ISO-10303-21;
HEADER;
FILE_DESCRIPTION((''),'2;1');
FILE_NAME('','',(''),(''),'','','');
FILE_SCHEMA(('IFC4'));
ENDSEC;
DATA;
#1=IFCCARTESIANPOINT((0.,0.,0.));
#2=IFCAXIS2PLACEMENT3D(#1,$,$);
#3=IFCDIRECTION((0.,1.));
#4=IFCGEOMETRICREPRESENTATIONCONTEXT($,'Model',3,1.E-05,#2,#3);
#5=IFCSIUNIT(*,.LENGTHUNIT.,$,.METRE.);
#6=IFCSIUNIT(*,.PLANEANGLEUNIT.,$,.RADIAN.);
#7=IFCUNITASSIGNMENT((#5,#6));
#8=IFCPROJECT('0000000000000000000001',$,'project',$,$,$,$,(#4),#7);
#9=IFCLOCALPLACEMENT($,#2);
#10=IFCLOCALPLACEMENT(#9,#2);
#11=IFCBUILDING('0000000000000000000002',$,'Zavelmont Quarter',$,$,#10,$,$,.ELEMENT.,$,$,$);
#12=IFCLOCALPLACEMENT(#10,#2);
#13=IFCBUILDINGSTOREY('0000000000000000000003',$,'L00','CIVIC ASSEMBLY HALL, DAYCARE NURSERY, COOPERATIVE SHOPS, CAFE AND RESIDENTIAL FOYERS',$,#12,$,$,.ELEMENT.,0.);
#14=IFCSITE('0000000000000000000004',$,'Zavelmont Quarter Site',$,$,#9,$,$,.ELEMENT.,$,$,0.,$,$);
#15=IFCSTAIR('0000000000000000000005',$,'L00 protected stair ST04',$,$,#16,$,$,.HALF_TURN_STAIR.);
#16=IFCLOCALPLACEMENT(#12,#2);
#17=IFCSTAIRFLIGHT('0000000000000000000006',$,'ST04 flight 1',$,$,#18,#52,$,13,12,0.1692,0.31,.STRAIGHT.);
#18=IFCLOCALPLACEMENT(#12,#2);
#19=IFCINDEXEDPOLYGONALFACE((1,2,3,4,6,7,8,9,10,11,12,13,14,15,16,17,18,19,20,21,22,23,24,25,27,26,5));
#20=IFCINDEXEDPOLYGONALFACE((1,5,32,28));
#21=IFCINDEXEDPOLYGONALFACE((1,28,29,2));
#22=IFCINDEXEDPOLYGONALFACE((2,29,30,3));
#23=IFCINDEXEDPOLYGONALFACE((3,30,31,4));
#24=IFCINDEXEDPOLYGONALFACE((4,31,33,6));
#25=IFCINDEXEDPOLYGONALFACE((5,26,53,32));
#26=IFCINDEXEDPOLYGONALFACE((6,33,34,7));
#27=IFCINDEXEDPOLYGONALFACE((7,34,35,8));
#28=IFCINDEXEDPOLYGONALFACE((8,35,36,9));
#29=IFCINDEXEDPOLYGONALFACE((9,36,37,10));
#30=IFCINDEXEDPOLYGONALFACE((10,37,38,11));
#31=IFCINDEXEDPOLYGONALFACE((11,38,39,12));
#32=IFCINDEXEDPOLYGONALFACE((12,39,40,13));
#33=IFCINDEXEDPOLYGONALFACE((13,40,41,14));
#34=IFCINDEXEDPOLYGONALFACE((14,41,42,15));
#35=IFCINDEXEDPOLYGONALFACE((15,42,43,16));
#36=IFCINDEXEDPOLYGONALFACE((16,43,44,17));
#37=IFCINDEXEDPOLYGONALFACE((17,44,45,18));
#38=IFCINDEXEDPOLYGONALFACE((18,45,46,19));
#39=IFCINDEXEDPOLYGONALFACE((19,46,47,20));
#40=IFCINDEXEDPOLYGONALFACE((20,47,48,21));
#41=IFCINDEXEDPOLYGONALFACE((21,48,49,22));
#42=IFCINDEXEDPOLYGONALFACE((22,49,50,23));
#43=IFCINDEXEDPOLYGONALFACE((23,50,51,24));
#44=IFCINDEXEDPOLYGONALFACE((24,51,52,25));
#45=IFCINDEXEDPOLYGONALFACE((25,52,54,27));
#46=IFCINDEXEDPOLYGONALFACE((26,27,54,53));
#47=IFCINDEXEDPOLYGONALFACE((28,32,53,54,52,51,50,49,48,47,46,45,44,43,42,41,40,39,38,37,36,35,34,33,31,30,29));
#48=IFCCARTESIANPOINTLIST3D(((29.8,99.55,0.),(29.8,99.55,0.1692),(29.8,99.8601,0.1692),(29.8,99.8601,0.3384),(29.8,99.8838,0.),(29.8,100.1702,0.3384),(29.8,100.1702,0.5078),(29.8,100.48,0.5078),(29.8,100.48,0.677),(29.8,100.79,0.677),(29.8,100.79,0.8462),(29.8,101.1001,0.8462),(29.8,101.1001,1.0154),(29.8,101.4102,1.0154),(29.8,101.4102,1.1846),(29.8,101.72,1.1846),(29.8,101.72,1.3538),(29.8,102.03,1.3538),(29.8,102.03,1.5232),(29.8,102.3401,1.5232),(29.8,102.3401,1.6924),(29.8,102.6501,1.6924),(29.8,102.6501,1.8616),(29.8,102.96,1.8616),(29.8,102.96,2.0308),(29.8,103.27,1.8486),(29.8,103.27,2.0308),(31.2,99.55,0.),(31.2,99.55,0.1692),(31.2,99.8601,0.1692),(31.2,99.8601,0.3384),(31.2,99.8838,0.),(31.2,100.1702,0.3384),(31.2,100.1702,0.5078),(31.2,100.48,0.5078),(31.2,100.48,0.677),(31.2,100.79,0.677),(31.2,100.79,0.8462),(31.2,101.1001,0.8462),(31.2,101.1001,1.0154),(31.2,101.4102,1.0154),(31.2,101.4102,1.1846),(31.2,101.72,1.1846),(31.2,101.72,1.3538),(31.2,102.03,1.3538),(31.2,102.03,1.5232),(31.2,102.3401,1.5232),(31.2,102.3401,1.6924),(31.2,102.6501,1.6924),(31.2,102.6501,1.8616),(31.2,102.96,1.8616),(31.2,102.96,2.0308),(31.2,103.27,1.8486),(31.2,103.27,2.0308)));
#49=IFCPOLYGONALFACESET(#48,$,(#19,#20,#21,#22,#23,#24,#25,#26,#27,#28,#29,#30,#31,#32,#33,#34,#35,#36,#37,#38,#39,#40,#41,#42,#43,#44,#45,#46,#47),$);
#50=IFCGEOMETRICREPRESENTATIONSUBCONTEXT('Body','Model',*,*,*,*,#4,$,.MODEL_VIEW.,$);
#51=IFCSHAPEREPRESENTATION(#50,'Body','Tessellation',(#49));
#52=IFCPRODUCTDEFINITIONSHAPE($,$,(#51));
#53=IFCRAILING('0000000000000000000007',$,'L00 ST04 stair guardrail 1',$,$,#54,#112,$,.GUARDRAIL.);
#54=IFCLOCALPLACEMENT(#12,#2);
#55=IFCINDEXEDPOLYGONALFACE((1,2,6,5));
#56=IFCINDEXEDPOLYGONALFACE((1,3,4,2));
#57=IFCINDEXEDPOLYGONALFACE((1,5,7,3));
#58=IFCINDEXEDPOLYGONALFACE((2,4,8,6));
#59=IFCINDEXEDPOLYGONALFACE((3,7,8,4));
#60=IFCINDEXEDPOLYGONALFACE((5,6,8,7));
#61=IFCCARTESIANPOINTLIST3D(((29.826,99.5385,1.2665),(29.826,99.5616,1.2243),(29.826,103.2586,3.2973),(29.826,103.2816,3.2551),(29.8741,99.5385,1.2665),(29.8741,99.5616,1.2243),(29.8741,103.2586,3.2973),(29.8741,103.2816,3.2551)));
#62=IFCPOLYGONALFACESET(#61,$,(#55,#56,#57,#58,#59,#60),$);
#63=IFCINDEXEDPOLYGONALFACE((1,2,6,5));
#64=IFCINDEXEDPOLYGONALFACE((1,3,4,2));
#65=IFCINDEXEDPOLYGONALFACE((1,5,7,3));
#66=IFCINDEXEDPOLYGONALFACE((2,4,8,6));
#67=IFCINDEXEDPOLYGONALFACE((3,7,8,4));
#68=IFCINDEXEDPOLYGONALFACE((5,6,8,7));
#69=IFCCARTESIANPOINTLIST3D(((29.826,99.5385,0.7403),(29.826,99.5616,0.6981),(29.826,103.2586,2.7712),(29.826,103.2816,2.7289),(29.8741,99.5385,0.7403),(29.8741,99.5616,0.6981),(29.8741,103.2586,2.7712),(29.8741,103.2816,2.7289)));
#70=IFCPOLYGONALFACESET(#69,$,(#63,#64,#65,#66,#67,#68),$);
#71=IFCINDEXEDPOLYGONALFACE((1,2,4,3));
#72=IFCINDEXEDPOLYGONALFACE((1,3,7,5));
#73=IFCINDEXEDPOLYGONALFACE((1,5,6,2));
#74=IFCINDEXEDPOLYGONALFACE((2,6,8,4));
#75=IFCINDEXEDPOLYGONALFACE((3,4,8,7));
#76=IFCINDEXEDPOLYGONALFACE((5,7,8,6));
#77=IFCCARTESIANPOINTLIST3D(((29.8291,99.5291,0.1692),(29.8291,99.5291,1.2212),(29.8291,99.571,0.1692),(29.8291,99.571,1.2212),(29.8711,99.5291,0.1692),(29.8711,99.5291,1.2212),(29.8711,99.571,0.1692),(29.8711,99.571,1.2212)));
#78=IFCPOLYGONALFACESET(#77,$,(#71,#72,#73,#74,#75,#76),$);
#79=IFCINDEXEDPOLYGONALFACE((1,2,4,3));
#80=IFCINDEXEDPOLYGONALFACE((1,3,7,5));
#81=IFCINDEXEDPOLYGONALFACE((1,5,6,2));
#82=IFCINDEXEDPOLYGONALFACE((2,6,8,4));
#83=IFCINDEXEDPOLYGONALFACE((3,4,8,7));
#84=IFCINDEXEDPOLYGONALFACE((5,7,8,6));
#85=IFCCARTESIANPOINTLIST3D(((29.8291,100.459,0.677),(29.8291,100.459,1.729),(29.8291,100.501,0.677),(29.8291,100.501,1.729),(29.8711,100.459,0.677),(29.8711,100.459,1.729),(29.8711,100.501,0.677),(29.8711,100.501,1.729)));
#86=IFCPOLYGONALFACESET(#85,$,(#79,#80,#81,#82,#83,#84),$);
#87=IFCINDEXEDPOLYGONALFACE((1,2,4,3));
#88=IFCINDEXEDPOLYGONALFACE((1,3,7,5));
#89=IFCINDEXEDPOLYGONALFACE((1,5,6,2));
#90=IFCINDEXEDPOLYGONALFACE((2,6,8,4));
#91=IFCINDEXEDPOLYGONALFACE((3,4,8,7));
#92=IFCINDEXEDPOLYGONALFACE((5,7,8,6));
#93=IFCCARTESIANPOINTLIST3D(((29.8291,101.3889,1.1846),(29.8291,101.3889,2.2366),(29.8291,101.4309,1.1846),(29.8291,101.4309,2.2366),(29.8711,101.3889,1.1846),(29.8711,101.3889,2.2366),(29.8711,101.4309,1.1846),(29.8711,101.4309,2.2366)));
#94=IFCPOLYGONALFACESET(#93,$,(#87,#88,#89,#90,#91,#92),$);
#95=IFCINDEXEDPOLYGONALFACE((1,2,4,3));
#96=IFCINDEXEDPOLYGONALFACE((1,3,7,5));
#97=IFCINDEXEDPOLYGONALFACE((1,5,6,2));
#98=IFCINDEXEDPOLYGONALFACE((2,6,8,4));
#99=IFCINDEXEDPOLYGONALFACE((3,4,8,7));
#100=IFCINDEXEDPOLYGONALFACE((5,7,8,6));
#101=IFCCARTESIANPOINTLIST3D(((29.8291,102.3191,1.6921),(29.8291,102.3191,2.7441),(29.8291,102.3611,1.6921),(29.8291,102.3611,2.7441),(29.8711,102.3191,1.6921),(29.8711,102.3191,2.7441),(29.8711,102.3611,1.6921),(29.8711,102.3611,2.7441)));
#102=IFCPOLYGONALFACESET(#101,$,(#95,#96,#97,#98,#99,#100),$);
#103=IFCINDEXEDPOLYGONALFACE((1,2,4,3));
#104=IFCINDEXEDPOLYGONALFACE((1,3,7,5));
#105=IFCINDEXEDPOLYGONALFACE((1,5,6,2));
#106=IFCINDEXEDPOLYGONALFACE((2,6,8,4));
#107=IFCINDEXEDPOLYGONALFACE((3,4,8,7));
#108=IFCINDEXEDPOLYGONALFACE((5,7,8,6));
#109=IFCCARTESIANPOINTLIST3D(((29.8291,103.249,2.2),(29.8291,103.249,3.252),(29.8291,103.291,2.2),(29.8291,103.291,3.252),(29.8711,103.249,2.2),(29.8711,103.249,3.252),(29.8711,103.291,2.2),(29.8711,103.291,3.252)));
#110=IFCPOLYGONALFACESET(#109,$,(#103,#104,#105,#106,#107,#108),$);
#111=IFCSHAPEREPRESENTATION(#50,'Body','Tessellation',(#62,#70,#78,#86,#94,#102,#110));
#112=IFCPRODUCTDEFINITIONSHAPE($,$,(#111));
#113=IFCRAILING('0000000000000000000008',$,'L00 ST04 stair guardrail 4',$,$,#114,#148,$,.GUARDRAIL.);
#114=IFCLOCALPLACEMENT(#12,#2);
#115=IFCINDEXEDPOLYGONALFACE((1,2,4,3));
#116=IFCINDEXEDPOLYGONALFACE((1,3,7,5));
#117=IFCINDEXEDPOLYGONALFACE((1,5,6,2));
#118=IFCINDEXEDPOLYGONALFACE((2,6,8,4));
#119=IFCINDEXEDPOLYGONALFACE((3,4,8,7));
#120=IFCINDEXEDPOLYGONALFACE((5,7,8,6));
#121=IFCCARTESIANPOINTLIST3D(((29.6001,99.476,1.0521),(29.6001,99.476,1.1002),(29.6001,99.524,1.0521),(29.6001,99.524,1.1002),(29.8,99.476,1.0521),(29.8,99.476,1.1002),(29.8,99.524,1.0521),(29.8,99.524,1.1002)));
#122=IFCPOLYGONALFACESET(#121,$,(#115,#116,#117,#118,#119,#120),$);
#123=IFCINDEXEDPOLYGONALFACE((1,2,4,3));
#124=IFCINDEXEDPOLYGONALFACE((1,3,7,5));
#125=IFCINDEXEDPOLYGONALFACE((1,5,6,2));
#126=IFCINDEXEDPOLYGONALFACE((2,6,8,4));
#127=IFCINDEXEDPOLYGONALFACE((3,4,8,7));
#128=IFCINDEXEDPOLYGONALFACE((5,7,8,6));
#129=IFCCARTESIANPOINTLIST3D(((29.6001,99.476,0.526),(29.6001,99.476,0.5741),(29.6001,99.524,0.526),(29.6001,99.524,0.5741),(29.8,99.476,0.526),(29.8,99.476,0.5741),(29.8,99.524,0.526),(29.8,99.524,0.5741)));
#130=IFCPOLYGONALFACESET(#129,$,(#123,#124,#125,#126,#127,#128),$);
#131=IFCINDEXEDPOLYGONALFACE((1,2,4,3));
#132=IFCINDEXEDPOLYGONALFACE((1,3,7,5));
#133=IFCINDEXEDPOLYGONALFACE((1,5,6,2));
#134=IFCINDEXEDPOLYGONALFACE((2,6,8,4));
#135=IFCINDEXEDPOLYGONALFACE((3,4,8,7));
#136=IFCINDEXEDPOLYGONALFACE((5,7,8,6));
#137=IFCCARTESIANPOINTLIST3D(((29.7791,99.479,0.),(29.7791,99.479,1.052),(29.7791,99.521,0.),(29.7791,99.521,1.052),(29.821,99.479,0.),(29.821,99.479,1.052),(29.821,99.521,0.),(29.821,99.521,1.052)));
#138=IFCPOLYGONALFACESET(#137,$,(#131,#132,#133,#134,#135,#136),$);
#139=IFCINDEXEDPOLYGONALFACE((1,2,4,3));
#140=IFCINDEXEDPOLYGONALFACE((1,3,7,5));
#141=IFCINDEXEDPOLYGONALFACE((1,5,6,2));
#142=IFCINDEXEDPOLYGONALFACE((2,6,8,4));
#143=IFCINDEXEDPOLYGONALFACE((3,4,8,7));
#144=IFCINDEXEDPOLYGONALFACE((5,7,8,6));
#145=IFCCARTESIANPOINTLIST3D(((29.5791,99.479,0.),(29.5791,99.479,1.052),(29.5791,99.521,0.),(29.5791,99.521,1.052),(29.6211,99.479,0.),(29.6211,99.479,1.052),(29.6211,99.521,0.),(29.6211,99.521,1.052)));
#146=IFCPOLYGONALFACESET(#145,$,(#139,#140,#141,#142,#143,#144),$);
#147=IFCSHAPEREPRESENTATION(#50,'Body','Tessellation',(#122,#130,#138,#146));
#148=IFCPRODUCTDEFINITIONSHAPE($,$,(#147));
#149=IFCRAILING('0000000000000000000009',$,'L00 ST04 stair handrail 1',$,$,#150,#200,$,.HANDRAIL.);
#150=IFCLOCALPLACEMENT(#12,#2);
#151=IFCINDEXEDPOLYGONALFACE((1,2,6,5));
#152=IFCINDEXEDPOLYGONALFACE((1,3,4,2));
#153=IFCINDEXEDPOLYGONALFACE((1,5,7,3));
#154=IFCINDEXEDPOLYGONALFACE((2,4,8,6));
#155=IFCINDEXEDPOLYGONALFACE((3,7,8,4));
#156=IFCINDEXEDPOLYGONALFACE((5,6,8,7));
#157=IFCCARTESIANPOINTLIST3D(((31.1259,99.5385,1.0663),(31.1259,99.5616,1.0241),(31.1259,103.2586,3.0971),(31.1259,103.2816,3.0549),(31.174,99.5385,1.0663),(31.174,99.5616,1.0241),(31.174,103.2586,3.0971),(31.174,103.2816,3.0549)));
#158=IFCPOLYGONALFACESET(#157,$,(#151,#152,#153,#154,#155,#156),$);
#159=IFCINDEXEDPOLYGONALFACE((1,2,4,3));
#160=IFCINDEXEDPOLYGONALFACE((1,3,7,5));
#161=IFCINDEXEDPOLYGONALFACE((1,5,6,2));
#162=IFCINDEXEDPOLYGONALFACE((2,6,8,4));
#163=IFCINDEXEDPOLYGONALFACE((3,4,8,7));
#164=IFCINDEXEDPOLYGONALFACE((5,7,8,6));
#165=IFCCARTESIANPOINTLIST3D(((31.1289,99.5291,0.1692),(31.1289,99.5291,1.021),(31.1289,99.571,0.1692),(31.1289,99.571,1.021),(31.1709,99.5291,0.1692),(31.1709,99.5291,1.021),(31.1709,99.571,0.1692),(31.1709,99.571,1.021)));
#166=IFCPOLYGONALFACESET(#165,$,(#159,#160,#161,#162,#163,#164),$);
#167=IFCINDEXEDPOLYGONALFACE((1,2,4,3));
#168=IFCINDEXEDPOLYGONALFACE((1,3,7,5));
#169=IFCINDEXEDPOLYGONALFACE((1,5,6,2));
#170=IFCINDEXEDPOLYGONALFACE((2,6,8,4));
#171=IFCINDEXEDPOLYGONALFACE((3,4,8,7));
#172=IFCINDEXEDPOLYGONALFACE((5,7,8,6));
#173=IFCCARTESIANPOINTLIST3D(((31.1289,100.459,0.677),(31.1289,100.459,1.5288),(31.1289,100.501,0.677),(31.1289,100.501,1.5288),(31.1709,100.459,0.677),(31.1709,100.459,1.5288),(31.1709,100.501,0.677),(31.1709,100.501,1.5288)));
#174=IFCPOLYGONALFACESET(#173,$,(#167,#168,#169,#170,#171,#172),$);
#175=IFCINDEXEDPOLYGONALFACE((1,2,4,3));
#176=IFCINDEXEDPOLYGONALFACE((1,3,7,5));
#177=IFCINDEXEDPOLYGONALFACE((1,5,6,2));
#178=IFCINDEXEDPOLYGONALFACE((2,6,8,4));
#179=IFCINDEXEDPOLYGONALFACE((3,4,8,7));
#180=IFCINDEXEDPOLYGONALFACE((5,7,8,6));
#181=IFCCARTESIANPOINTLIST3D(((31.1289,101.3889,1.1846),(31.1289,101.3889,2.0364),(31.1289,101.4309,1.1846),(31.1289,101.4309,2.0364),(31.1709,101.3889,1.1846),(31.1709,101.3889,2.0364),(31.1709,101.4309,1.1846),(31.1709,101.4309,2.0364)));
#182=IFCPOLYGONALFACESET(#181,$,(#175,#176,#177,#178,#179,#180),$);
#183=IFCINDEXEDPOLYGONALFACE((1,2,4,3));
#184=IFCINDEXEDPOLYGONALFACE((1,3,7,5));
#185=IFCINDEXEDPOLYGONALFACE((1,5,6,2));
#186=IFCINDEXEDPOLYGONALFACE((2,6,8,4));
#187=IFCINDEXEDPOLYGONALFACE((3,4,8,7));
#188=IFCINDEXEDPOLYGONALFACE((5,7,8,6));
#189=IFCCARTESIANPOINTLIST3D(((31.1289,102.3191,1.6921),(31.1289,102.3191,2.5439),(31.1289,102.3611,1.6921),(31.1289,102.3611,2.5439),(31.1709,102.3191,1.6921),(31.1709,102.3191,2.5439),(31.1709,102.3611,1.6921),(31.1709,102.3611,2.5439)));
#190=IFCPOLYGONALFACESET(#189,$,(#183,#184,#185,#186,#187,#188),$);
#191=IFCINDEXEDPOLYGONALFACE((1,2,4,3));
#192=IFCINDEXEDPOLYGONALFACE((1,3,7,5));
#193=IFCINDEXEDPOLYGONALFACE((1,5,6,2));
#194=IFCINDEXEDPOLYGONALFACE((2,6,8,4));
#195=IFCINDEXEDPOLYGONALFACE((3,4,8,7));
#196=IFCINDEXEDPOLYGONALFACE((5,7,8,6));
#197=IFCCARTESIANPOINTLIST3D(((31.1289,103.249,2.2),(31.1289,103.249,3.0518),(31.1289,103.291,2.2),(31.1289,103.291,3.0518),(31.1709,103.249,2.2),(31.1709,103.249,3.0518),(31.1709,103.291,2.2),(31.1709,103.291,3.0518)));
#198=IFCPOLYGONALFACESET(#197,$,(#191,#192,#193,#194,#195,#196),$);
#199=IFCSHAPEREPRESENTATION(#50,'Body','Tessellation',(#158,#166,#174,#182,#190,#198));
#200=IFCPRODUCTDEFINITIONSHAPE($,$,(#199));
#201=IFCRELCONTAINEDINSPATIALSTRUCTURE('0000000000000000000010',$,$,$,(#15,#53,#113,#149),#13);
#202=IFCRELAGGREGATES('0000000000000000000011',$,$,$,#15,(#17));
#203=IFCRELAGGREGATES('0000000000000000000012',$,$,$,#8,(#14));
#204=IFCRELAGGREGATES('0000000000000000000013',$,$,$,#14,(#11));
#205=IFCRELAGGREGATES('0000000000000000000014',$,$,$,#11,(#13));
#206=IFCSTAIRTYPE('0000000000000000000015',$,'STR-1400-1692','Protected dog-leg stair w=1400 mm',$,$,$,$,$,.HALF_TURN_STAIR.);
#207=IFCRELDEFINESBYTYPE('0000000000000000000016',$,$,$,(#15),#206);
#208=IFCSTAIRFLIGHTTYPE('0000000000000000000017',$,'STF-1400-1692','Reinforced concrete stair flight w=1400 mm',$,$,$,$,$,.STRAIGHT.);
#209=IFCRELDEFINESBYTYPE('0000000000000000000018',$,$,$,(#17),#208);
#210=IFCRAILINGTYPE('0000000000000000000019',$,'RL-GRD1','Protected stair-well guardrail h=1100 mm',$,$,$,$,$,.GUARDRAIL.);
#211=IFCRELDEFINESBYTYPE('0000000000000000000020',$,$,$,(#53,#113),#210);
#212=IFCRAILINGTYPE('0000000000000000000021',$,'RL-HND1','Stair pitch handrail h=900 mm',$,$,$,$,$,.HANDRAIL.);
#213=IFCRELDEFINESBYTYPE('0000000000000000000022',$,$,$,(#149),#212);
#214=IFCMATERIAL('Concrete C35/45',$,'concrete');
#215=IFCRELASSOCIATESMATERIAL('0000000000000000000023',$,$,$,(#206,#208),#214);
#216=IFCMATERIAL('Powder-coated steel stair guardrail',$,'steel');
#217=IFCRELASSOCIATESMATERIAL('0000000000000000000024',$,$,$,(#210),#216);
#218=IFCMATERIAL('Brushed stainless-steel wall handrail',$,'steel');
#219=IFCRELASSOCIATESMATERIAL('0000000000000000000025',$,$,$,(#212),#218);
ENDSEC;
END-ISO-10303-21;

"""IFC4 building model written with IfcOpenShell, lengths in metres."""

from ifc_helpers import new_model, si_unit, direction, frame, origin, origin_2d, place, context, subcontext, project, spatial, polyline, rectangle, outline, extrude, material, type_object, element, aggregate, save


model = new_model("IFC4")

# Units and contexts
model_context = context("Model", 3, precision=1e-05, world=origin(), true_north=direction((0.0, 1.0)))
body_context = subcontext(model_context, "Body", "Model", "MODEL_VIEW")
ifc_project = project(units=[si_unit("LENGTHUNIT", "METRE"), si_unit("PLANEANGLEUNIT", "RADIAN")], contexts=[model_context])

# Site, building, storey
site_placement = place(None, origin())
site = spatial("IfcSite", under=ifc_project, at=site_placement, Name="Zavelmont Quarter Site", CompositionType="ELEMENT", RefElevation=0.0)
building_placement = place(site_placement, origin())
building = spatial("IfcBuilding", under=site, at=building_placement, Name="Zavelmont Quarter", CompositionType="ELEMENT")
storey_placement = place(building_placement, origin())
storey = spatial("IfcBuildingStorey", under=building, at=storey_placement, Name="L00", Description="CIVIC ASSEMBLY HALL, DAYCARE NURSERY, COOPERATIVE SHOPS, CAFE AND RESIDENTIAL FOYERS", CompositionType="ELEMENT", Elevation=0.0)

# Shared definitions
ifc_material_1 = material(Name="Concrete C35/45", Category="concrete")

# Stair, stair flight
stair_type = type_object("IfcStairType", Name="STR-1400-1692", Description="Protected dog-leg stair w=1400 mm", PredefinedType="HALF_TURN_STAIR", material=ifc_material_1)
stair_placement = place(storey_placement, origin())
stair = element("IfcStair", 1, at=stair_placement, inside=storey, type_object=stair_type, Name="L00 protected stair ST04", PredefinedType="HALF_TURN_STAIR")
stair_flight_type = type_object("IfcStairFlightType", Name="STF-1400-1692", Description="Reinforced concrete stair flight w=1400 mm", PredefinedType="STRAIGHT", material=ifc_material_1)
stair_flight_placement = place(storey_placement, frame((30.5, 99.55, 0.0), z_axis=(0.0, 0.0, 1.0), x_axis=(0.0, 1.0, 0.0)))
stair_flight = element("IfcStairFlight", 2, at=stair_flight_placement, type_object=stair_flight_type, Name="ST04 flight 1", NumberOfRisers=13, NumberOfTreads=12, PredefinedType="STRAIGHT", RiserHeight=0.1692, TreadLength=0.31, context=body_context, shape_type="SweptSolid", body=[
    extrude(outline(polyline([(0.0, 0.0), (0.0, 0.1692), (0.3101, 0.1692), (0.3101, 0.3384), (0.6201, 0.3384), (0.6201, 0.5078), (0.9299, 0.5078), (0.9299, 0.677), (1.24, 0.677), (1.24, 0.8462), (1.55, 0.8462), (1.55, 1.0154), (1.8601, 1.0154), (1.8601, 1.1846), (2.1699, 1.1846), (2.1699, 1.3538), (2.48, 1.3538), (2.48, 1.5232), (2.79, 1.5232), (2.79, 1.6924), (3.1001, 1.6924), (3.1001, 1.8616), (3.4099, 1.8616), (3.4099, 2.0308), (3.72, 2.0308), (3.72, 2.2), (3.72, 1.8486), (0.3337, 0.0), (0.0, 0.0)])), frame((0.0, 0.7, 0.0), z_axis=(0.0, -1.0, 0.0), x_axis=(1.0, 0.0, 0.0)), (0.0, 0.0, 1.0), 1.3999),
])
aggregate(stair, [stair_flight])

# Railings
ifc_material_2 = material(Name="Powder-coated steel stair guardrail", Category="steel")
railing_type_1 = type_object("IfcRailingType", Name="RL-GRD1", Description="Protected stair-well guardrail h=1100 mm", PredefinedType="GUARDRAIL", material=ifc_material_2)
railing_1_placement = place(storey_placement, frame((29.8501, 99.55, 0.1692)))
element("IfcRailing", 3, at=railing_1_placement, inside=storey, type_object=railing_type_1, Name="L00 ST04 stair guardrail 1", PredefinedType="GUARDRAIL", context=body_context, shape_type="SweptSolid", body=[
    extrude(rectangle(XDim=0.0481, YDim=0.0481, at=origin_2d()), frame((0.0, 0.0, 1.0762), z_axis=(0.0, 0.877728, 0.479159), x_axis=(-1.0, 0.0, 0.0)), (0.0, 0.0, 1.0), 4.2383),
    extrude(rectangle(XDim=0.0481, YDim=0.0481, at=origin_2d()), frame((0.0, 0.0, 0.55), z_axis=(0.0, 0.877728, 0.479159), x_axis=(-1.0, 0.0, 0.0)), (0.0, 0.0, 1.0), 4.2383),
    extrude(rectangle(XDim=0.042, YDim=0.042, at=origin_2d()), origin(), (0.0, 0.0, 1.0), 1.052),
    extrude(rectangle(XDim=0.042, YDim=0.042, at=origin_2d()), frame((0.0, 0.9299, 0.5078)), (0.0, 0.0, 1.0), 1.052),
    extrude(rectangle(XDim=0.042, YDim=0.042, at=origin_2d()), frame((0.0, 1.8599, 1.0154)), (0.0, 0.0, 1.0), 1.052),
    extrude(rectangle(XDim=0.042, YDim=0.042, at=origin_2d()), frame((0.0, 2.79, 1.5229)), (0.0, 0.0, 1.0), 1.052),
    extrude(rectangle(XDim=0.042, YDim=0.042, at=origin_2d()), frame((0.0, 3.72, 2.0308)), (0.0, 0.0, 1.0), 1.052),
])
railing_2_placement = place(storey_placement, frame((29.8, 99.5, 0.0)))
element("IfcRailing", 4, at=railing_2_placement, inside=storey, type_object=railing_type_1, Name="L00 ST04 stair guardrail 4", PredefinedType="GUARDRAIL", context=body_context, shape_type="SweptSolid", body=[
    extrude(rectangle(XDim=0.0481, YDim=0.0481, at=origin_2d()), frame((0.0, 0.0, 1.0762), z_axis=(-1.0, 0.0, 0.0), x_axis=(0.0, -1.0, 0.0)), (0.0, 0.0, 1.0), 0.2),
    extrude(rectangle(XDim=0.0481, YDim=0.0481, at=origin_2d()), frame((0.0, 0.0, 0.55), z_axis=(-1.0, 0.0, 0.0), x_axis=(0.0, -1.0, 0.0)), (0.0, 0.0, 1.0), 0.2),
    extrude(rectangle(XDim=0.042, YDim=0.042, at=origin_2d()), origin(), (0.0, 0.0, 1.0), 1.052),
    extrude(rectangle(XDim=0.042, YDim=0.042, at=origin_2d()), frame((-0.2, 0.0, 0.0)), (0.0, 0.0, 1.0), 1.052),
])
ifc_material_3 = material(Name="Brushed stainless-steel wall handrail", Category="steel")
railing_type_2 = type_object("IfcRailingType", Name="RL-HND1", Description="Stair pitch handrail h=900 mm", PredefinedType="HANDRAIL", material=ifc_material_3)
railing_3_placement = place(storey_placement, frame((31.1499, 99.55, 0.1692)))
element("IfcRailing", 5, at=railing_3_placement, inside=storey, type_object=railing_type_2, Name="L00 ST04 stair handrail 1", PredefinedType="HANDRAIL", context=body_context, shape_type="SweptSolid", body=[
    extrude(rectangle(XDim=0.0481, YDim=0.0481, at=origin_2d()), frame((0.0, 0.0, 0.876), z_axis=(0.0, 0.877728, 0.479159), x_axis=(-1.0, 0.0, 0.0)), (0.0, 0.0, 1.0), 4.2383),
    extrude(rectangle(XDim=0.042, YDim=0.042, at=origin_2d()), origin(), (0.0, 0.0, 1.0), 0.8518),
    extrude(rectangle(XDim=0.042, YDim=0.042, at=origin_2d()), frame((0.0, 0.9299, 0.5078)), (0.0, 0.0, 1.0), 0.8518),
    extrude(rectangle(XDim=0.042, YDim=0.042, at=origin_2d()), frame((0.0, 1.8599, 1.0154)), (0.0, 0.0, 1.0), 0.8518),
    extrude(rectangle(XDim=0.042, YDim=0.042, at=origin_2d()), frame((0.0, 2.79, 1.5229)), (0.0, 0.0, 1.0), 0.8518),
    extrude(rectangle(XDim=0.042, YDim=0.042, at=origin_2d()), frame((0.0, 3.72, 2.0308)), (0.0, 0.0, 1.0), 0.8518),
])

save(model, "model.ifc")
